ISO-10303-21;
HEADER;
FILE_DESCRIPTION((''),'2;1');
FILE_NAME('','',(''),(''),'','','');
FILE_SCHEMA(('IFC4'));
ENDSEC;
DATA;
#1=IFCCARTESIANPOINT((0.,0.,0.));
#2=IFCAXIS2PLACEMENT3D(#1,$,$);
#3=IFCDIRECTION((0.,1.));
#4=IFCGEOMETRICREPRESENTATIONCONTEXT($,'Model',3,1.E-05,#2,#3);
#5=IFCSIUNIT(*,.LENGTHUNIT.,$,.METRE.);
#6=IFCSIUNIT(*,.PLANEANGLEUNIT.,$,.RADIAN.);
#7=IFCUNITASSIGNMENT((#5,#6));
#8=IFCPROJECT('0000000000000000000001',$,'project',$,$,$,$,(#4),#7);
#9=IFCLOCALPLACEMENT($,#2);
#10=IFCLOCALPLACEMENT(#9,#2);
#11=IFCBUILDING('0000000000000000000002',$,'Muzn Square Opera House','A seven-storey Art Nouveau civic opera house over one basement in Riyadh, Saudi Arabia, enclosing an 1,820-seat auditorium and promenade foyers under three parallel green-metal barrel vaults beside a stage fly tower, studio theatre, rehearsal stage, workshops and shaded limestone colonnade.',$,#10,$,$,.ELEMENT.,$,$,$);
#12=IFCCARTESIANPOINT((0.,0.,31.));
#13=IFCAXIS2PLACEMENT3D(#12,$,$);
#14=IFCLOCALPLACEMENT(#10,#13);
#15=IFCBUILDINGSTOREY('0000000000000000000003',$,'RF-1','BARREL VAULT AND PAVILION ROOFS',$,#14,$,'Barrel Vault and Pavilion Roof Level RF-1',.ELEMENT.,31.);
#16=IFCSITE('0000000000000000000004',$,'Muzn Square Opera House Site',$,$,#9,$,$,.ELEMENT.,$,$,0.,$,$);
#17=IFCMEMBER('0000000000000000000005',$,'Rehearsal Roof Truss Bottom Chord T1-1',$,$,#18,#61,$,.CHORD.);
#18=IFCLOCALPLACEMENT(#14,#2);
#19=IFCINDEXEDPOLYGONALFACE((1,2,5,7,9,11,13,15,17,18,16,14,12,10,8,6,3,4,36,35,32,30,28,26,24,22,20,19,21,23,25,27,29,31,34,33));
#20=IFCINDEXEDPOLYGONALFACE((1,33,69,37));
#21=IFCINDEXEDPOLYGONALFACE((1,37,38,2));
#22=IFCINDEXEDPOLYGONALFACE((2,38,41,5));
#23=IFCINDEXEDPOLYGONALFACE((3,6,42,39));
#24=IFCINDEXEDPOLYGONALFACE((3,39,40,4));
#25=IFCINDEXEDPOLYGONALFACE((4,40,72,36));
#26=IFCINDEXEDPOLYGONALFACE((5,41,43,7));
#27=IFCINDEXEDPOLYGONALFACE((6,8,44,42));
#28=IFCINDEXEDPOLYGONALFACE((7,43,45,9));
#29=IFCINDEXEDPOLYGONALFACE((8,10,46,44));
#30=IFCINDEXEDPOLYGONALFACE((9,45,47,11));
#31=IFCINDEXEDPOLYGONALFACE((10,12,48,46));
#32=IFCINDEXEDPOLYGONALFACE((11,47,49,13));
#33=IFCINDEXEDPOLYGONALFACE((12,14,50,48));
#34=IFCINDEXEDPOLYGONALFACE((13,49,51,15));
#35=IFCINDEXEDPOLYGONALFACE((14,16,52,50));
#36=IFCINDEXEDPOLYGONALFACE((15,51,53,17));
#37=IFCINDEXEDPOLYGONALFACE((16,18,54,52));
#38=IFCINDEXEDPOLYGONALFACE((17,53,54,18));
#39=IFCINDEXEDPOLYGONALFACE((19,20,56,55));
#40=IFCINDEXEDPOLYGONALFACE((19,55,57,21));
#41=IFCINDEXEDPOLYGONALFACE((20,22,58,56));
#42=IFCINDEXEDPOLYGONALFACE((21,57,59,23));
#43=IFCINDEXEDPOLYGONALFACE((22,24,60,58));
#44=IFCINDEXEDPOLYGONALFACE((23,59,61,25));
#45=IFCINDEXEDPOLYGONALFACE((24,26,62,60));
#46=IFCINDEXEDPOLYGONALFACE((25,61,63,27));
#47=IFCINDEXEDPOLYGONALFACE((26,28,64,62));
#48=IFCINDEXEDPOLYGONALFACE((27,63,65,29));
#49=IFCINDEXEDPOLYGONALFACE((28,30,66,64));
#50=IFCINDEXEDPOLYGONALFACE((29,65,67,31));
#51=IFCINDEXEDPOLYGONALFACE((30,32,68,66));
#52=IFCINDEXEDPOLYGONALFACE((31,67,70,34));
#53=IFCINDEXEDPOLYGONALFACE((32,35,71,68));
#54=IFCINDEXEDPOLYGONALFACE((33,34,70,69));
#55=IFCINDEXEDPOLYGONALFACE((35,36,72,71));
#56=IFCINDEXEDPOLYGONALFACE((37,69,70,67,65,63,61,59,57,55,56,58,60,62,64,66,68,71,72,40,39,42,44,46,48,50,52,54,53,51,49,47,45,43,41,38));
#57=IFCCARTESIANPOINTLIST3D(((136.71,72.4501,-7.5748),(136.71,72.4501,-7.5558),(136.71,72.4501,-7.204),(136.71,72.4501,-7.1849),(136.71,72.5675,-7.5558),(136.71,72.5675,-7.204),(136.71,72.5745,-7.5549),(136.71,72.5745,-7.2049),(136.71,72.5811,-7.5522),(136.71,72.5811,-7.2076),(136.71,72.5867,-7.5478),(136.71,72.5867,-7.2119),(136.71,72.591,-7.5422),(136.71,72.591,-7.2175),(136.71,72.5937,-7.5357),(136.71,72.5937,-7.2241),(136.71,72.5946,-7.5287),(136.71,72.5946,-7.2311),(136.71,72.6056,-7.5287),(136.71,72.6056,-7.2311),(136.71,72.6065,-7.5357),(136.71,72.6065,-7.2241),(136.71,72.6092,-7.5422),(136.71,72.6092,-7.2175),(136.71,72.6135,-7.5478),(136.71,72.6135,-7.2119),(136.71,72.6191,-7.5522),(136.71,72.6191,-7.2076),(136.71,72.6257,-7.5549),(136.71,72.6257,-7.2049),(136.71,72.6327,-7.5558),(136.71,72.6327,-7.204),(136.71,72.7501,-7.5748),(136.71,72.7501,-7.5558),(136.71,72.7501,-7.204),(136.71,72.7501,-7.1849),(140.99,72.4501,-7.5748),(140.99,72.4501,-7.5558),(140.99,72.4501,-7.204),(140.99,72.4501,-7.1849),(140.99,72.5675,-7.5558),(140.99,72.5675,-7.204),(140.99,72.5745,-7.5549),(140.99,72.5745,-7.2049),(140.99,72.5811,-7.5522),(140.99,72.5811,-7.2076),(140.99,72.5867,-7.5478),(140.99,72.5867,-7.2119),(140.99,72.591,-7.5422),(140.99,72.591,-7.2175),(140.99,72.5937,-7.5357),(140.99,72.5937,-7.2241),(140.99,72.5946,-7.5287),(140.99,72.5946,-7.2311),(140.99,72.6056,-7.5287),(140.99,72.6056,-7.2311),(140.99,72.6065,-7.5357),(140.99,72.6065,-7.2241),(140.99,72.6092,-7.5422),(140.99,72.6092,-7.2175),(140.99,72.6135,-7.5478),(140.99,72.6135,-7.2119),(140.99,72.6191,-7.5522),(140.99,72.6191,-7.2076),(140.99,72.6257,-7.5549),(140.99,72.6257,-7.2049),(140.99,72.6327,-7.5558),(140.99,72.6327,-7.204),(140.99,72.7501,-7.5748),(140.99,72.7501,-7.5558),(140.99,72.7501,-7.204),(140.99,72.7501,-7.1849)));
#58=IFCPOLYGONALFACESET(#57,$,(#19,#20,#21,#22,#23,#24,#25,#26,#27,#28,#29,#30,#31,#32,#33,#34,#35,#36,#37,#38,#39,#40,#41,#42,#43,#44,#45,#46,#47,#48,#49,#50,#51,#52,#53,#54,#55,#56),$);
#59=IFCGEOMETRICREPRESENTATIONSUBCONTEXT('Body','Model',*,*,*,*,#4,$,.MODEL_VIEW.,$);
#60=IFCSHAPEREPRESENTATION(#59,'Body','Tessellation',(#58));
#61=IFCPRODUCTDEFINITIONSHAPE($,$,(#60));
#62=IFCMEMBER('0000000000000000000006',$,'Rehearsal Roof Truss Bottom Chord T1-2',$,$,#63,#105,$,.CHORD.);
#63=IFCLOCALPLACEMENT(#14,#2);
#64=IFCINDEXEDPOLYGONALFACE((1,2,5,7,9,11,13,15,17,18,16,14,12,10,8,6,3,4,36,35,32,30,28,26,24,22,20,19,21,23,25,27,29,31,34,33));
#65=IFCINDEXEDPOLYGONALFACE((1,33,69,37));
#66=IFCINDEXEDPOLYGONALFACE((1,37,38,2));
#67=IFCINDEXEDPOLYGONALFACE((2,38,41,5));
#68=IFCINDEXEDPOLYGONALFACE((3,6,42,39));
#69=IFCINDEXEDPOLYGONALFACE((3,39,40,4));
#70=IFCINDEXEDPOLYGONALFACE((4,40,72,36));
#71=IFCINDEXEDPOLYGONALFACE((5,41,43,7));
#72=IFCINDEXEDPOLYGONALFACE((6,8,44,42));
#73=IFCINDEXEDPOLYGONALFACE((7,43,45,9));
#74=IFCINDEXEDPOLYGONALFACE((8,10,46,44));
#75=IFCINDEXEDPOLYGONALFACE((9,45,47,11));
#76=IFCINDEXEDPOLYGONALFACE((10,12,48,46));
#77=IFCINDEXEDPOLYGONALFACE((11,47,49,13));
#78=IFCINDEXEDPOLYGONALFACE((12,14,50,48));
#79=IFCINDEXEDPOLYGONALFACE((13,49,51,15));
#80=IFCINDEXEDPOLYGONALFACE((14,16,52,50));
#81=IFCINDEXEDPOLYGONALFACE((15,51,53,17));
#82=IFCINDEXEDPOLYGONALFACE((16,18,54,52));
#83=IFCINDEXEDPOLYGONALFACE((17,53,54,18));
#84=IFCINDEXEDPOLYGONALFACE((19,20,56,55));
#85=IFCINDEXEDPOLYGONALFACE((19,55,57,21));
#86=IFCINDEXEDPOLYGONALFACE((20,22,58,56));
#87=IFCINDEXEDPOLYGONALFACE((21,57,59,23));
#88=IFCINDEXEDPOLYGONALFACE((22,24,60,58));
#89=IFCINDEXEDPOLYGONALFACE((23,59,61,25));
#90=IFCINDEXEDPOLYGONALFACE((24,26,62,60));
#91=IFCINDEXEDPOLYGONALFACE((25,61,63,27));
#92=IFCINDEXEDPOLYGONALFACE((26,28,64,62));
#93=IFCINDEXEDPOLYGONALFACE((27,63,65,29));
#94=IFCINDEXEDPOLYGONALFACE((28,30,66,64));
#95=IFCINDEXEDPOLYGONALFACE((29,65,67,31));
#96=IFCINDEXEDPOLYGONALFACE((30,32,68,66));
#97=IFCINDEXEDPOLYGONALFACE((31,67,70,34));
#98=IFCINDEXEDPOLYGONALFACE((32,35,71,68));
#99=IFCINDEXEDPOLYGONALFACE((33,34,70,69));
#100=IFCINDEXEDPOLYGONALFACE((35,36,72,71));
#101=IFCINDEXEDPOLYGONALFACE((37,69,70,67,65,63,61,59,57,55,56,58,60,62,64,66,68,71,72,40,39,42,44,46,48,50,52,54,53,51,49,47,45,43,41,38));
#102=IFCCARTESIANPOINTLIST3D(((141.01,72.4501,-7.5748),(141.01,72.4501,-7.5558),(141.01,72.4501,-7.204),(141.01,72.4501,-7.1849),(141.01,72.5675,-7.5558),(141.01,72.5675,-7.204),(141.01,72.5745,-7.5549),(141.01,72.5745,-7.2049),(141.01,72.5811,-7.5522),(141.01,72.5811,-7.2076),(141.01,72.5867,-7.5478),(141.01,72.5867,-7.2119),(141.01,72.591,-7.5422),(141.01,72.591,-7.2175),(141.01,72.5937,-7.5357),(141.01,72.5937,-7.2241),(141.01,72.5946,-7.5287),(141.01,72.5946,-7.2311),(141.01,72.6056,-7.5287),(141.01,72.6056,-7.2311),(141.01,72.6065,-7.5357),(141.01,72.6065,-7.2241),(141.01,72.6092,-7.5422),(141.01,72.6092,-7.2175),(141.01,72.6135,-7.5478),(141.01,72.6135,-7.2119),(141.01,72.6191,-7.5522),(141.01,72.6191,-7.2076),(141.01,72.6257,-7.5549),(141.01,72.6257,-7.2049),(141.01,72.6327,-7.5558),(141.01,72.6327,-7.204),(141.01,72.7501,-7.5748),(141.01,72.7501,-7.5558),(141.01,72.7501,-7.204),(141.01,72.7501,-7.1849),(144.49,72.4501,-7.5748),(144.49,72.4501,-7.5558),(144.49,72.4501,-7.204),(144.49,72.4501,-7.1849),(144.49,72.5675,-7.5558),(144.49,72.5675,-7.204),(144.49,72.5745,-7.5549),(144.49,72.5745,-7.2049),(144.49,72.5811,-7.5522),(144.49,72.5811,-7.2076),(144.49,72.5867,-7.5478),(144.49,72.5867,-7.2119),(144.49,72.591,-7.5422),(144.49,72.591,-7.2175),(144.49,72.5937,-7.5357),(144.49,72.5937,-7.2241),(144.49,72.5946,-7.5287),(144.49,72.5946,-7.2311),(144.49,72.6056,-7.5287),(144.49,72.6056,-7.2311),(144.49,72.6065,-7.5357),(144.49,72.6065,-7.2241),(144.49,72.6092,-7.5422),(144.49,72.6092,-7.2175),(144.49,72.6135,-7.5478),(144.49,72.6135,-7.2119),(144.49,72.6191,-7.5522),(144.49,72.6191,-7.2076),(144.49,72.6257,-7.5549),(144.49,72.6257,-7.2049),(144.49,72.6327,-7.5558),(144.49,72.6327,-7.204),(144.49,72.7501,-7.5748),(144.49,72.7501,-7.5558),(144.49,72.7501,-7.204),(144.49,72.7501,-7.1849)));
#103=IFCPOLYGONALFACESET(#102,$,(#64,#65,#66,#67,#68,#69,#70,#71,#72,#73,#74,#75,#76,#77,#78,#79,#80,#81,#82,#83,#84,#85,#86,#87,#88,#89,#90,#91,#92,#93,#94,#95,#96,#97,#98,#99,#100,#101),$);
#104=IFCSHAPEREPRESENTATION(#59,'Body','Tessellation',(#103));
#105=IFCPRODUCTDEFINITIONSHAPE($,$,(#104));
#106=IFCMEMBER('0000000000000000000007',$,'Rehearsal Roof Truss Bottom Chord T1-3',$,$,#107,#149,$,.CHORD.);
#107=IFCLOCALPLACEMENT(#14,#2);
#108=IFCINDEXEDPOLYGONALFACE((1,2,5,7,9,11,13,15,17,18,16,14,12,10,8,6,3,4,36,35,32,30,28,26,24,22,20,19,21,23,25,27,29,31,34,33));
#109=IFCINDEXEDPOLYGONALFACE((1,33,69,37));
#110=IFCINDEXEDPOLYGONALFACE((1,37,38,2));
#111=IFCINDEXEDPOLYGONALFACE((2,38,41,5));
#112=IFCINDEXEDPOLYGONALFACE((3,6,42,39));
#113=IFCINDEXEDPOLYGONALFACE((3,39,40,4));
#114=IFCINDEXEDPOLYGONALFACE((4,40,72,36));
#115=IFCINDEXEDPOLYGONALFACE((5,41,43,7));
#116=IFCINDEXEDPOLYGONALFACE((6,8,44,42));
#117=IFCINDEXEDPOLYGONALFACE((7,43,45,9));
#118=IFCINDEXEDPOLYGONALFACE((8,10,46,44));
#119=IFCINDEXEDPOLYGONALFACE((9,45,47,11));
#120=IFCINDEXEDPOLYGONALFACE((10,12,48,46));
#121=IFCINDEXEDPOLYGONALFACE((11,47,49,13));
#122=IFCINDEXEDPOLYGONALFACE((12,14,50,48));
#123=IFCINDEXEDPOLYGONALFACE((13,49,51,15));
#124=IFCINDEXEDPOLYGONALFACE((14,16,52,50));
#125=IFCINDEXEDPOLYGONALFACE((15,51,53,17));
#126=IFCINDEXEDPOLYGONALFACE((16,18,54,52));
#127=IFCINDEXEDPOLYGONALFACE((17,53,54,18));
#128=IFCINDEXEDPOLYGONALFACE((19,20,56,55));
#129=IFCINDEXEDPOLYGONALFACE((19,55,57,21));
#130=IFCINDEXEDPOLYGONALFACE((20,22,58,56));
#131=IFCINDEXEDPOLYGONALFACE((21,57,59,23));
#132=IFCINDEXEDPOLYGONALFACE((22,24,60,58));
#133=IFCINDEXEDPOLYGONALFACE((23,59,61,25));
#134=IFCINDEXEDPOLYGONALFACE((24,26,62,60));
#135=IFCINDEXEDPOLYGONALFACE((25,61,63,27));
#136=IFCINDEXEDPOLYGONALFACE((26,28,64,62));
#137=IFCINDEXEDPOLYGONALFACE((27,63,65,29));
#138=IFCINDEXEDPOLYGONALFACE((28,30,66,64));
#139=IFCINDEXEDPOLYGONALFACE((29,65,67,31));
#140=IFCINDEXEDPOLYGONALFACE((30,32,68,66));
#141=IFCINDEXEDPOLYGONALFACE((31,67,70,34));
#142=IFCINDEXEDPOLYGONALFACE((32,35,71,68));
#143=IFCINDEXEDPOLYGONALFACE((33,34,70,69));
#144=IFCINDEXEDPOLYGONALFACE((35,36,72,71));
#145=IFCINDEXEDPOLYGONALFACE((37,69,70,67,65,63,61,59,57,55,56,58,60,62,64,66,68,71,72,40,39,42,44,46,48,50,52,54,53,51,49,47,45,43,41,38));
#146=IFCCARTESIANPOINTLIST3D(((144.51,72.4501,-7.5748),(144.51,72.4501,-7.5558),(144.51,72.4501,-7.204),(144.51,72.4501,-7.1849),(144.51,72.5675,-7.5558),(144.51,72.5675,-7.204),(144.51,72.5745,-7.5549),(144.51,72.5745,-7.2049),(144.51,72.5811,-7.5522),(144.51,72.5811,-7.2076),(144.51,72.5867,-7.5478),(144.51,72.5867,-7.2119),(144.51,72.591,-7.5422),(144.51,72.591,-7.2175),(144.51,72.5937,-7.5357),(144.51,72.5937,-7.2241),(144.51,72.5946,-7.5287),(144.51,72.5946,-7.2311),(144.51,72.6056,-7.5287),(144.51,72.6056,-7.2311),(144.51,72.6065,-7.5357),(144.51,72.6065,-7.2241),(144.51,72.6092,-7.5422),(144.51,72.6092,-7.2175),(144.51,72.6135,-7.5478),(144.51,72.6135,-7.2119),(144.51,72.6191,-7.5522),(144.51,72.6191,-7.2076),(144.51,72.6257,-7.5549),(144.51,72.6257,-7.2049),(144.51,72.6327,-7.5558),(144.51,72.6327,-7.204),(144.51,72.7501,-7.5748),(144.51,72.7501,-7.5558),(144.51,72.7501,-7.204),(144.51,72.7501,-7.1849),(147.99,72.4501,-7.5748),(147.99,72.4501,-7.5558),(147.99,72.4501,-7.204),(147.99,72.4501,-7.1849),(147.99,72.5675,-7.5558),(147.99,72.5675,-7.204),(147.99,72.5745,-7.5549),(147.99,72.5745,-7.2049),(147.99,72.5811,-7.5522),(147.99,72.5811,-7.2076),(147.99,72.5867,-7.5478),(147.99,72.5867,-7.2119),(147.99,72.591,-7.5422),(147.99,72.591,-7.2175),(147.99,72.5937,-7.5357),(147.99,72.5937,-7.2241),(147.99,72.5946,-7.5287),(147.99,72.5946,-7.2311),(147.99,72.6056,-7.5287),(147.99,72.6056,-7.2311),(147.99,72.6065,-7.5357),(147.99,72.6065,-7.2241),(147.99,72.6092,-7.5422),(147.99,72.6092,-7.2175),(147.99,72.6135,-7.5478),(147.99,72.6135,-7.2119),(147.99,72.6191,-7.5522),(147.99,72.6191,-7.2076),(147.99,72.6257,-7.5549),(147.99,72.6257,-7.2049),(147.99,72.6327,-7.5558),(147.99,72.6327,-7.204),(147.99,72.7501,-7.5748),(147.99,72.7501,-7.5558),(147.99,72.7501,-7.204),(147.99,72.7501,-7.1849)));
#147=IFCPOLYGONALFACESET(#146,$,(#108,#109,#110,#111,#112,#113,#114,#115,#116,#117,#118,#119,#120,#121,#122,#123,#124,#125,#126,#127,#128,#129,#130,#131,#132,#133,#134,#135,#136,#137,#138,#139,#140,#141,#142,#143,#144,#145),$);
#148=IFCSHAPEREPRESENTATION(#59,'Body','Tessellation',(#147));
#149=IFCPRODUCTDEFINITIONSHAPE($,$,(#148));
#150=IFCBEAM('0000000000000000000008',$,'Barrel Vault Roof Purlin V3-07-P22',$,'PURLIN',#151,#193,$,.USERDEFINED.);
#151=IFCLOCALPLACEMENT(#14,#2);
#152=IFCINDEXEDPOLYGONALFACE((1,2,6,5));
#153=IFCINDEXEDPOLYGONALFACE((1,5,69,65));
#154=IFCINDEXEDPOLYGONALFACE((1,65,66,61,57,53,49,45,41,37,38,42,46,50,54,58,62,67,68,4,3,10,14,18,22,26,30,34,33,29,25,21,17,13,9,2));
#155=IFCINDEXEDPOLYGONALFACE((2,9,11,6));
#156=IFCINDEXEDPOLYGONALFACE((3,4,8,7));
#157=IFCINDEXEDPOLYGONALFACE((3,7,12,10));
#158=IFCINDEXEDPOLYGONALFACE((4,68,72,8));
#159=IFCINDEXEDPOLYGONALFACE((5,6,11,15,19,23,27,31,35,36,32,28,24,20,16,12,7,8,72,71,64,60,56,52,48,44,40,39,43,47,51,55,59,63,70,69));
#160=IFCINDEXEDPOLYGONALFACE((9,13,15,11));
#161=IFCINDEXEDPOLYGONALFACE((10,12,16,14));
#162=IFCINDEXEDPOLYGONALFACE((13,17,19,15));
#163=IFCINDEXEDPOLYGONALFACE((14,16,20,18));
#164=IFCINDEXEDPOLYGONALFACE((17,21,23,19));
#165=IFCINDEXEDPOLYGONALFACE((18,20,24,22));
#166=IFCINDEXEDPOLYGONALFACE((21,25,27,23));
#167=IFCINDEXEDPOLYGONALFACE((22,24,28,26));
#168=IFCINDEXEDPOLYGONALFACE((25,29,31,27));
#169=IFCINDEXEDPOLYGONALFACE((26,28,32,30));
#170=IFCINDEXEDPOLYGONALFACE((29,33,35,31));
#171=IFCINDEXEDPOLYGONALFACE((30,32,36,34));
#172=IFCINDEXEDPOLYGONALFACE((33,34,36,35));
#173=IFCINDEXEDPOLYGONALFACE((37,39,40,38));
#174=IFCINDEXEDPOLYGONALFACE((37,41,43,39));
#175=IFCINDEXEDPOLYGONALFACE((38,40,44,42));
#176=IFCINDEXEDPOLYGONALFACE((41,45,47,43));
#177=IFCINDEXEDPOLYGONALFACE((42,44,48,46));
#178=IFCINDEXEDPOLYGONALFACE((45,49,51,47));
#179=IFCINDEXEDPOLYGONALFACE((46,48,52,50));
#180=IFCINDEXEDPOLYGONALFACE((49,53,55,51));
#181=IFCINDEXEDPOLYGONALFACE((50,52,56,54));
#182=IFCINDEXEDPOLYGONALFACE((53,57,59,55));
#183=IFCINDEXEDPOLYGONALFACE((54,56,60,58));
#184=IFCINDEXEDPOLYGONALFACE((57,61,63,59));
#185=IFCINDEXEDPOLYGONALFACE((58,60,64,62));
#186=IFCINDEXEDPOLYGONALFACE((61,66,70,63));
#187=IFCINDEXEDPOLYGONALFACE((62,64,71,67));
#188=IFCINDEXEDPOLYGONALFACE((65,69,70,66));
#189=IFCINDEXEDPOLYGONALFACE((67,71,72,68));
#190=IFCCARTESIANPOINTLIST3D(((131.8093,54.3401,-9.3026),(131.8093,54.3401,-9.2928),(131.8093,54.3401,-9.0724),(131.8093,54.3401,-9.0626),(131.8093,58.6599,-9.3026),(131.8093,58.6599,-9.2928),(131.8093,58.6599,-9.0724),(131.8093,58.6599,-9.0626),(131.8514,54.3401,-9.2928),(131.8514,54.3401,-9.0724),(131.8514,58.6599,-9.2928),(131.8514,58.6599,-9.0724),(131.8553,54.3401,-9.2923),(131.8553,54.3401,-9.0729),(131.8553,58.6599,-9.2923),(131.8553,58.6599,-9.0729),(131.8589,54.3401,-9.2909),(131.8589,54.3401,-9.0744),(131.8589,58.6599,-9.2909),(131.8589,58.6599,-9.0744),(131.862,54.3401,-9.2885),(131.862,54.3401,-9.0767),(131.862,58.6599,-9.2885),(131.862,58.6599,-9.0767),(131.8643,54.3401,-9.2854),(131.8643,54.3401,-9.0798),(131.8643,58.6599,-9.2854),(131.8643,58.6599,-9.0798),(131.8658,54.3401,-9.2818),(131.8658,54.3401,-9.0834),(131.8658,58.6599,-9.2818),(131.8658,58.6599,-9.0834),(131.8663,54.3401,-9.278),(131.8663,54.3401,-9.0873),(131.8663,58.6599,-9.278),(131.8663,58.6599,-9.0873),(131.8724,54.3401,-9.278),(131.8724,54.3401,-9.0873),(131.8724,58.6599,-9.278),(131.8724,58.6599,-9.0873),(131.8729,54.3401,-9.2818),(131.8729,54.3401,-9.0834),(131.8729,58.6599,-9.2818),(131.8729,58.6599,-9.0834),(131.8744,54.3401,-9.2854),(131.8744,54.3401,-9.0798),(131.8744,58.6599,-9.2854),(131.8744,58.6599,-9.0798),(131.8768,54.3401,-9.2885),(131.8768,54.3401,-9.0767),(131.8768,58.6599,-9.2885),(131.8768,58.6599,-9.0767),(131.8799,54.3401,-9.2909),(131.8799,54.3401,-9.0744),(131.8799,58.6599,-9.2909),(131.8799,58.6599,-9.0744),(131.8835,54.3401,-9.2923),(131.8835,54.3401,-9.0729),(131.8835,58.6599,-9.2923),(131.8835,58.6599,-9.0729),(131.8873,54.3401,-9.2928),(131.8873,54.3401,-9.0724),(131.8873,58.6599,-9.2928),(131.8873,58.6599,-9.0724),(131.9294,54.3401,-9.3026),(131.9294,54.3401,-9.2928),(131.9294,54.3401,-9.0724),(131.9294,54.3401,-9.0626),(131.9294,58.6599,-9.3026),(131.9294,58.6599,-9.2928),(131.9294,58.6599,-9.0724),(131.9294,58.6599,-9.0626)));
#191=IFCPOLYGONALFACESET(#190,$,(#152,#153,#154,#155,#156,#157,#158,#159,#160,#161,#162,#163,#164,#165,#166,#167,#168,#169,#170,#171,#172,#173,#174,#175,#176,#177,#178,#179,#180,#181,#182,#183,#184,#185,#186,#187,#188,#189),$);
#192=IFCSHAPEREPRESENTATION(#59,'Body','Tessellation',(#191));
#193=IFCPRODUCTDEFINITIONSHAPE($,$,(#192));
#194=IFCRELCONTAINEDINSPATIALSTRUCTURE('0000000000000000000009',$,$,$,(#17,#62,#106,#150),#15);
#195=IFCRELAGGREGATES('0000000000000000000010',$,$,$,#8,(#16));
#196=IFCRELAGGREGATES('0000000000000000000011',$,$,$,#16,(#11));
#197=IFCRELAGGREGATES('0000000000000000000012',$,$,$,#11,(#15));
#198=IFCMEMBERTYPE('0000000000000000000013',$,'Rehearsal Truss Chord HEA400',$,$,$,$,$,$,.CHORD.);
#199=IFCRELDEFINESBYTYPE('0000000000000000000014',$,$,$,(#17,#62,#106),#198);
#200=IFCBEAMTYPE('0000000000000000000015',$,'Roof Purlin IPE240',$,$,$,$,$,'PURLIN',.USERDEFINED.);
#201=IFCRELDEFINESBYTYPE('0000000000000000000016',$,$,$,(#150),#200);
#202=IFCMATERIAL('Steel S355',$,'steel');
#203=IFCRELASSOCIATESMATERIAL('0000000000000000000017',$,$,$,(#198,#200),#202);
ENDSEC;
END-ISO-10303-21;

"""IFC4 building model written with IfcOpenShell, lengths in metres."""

from ifc_helpers import new_model, si_unit, direction, frame, origin, origin_2d, place, context, subcontext, project, spatial, i_section, extrude, material, material_profile, profile_set, type_object, element, save


model = new_model("IFC4")

# Units and contexts
model_context = context("Model", 3, precision=1e-05, world=origin(), true_north=direction((0.0, 1.0)))
body_context = subcontext(model_context, "Body", "Model", "MODEL_VIEW")
ifc_project = project(units=[si_unit("LENGTHUNIT", "METRE"), si_unit("PLANEANGLEUNIT", "RADIAN")], contexts=[model_context])

# Site, building, storey
site_placement = place(None, origin())
site = spatial("IfcSite", under=ifc_project, at=site_placement, Name="Muzn Square Opera House Site", CompositionType="ELEMENT", RefElevation=0.0)
building_placement = place(site_placement, origin())
building = spatial("IfcBuilding", under=site, at=building_placement, Name="Muzn Square Opera House", Description="A seven-storey Art Nouveau civic opera house over one basement in Riyadh, Saudi Arabia, enclosing an 1,820-seat auditorium and promenade foyers under three parallel green-metal barrel vaults beside a stage fly tower, studio theatre, rehearsal stage, workshops and shaded limestone colonnade.", CompositionType="ELEMENT")
storey_placement = place(building_placement, frame((0.0, 0.0, 31.0)))
storey = spatial("IfcBuildingStorey", under=building, at=storey_placement, Name="RF-1", Description="BARREL VAULT AND PAVILION ROOFS", LongName="Barrel Vault and Pavilion Roof Level RF-1", CompositionType="ELEMENT", Elevation=31.0)

# Shared definitions
ifc_material_1 = material(Name="Steel S355", Category="steel")

# Members
ifc_material_profile_1 = material_profile(ifc_material_1, i_section(OverallWidth=0.3, OverallDepth=0.3899, WebThickness=0.011, FlangeThickness=0.019, FilletRadius=0.0271, at=origin_2d()), Name="HEA 400", Category="steel")
ifc_profile_set_1 = profile_set([ifc_material_profile_1], Name="Steel S355")
member_type_1 = type_object("IfcMemberType", Name="Rehearsal Truss Chord HEA400", PredefinedType="CHORD", material=ifc_profile_set_1)
member_1_placement = place(storey_placement, frame((136.71, 72.6001, -7.3799), z_axis=(1.0, 0.0, 0.0), x_axis=(0.0, 1.0, 0.0)))
element("IfcMember", 1, at=member_1_placement, inside=storey, type_object=member_type_1, Name="Rehearsal Roof Truss Bottom Chord T1-1", PredefinedType="CHORD", context=body_context, shape_type="SweptSolid", body=[
    extrude(i_section(OverallWidth=0.3, OverallDepth=0.3899, WebThickness=0.011, FlangeThickness=0.019, FilletRadius=0.0271, at=origin_2d()), origin(), (0.0, 0.0, 1.0), 4.28),
])
for number, where, z_axis, x_axis, name in (
    (2, (141.01, 72.6001, -7.3799), (1.0, 0.0, 0.0), (0.0, 1.0, 0.0), "Rehearsal Roof Truss Bottom Chord T1-2"),
    (3, (144.51, 72.6001, -7.3799), (1.0, 0.0, 0.0), (0.0, 1.0, 0.0), "Rehearsal Roof Truss Bottom Chord T1-3"),
):
    element("IfcMember", number, at=place(storey_placement, frame(where, z_axis=z_axis, x_axis=x_axis)), inside=storey, type_object=member_type_1, Name=name, PredefinedType="CHORD", context=body_context, shape_type="SweptSolid", body=[
        extrude(i_section(OverallWidth=0.3, OverallDepth=0.3899, WebThickness=0.011, FlangeThickness=0.019, FilletRadius=0.0271, at=origin_2d()), origin(), (0.0, 0.0, 1.0), 3.48),
    ])

# Beam
ifc_material_profile_2 = material_profile(ifc_material_1, i_section(OverallWidth=0.1201, OverallDepth=0.24, WebThickness=0.0061, FlangeThickness=0.0098, FilletRadius=0.0149, at=origin_2d()), Name="IPE 240", Category="steel")
ifc_profile_set_2 = profile_set([ifc_material_profile_2], Name="Steel S355")
beam_type_1 = type_object("IfcBeamType", Name="Roof Purlin IPE240", ElementType="PURLIN", PredefinedType="USERDEFINED", material=ifc_profile_set_2)
beam_1_placement = place(storey_placement, frame((131.8694, 54.3401, -9.1826), z_axis=(0.0, 1.0, 0.0), x_axis=(-1.0, 0.0, 0.0)))
element("IfcBeam", 4, at=beam_1_placement, inside=storey, type_object=beam_type_1, Name="Barrel Vault Roof Purlin V3-07-P22", ObjectType="PURLIN", PredefinedType="USERDEFINED", context=body_context, shape_type="SweptSolid", body=[
    extrude(i_section(OverallWidth=0.1201, OverallDepth=0.24, WebThickness=0.0061, FlangeThickness=0.0098, FilletRadius=0.0149, at=origin_2d()), origin(), (0.0, 0.0, 1.0), 4.3198),
])

save(model, "model.ifc")
